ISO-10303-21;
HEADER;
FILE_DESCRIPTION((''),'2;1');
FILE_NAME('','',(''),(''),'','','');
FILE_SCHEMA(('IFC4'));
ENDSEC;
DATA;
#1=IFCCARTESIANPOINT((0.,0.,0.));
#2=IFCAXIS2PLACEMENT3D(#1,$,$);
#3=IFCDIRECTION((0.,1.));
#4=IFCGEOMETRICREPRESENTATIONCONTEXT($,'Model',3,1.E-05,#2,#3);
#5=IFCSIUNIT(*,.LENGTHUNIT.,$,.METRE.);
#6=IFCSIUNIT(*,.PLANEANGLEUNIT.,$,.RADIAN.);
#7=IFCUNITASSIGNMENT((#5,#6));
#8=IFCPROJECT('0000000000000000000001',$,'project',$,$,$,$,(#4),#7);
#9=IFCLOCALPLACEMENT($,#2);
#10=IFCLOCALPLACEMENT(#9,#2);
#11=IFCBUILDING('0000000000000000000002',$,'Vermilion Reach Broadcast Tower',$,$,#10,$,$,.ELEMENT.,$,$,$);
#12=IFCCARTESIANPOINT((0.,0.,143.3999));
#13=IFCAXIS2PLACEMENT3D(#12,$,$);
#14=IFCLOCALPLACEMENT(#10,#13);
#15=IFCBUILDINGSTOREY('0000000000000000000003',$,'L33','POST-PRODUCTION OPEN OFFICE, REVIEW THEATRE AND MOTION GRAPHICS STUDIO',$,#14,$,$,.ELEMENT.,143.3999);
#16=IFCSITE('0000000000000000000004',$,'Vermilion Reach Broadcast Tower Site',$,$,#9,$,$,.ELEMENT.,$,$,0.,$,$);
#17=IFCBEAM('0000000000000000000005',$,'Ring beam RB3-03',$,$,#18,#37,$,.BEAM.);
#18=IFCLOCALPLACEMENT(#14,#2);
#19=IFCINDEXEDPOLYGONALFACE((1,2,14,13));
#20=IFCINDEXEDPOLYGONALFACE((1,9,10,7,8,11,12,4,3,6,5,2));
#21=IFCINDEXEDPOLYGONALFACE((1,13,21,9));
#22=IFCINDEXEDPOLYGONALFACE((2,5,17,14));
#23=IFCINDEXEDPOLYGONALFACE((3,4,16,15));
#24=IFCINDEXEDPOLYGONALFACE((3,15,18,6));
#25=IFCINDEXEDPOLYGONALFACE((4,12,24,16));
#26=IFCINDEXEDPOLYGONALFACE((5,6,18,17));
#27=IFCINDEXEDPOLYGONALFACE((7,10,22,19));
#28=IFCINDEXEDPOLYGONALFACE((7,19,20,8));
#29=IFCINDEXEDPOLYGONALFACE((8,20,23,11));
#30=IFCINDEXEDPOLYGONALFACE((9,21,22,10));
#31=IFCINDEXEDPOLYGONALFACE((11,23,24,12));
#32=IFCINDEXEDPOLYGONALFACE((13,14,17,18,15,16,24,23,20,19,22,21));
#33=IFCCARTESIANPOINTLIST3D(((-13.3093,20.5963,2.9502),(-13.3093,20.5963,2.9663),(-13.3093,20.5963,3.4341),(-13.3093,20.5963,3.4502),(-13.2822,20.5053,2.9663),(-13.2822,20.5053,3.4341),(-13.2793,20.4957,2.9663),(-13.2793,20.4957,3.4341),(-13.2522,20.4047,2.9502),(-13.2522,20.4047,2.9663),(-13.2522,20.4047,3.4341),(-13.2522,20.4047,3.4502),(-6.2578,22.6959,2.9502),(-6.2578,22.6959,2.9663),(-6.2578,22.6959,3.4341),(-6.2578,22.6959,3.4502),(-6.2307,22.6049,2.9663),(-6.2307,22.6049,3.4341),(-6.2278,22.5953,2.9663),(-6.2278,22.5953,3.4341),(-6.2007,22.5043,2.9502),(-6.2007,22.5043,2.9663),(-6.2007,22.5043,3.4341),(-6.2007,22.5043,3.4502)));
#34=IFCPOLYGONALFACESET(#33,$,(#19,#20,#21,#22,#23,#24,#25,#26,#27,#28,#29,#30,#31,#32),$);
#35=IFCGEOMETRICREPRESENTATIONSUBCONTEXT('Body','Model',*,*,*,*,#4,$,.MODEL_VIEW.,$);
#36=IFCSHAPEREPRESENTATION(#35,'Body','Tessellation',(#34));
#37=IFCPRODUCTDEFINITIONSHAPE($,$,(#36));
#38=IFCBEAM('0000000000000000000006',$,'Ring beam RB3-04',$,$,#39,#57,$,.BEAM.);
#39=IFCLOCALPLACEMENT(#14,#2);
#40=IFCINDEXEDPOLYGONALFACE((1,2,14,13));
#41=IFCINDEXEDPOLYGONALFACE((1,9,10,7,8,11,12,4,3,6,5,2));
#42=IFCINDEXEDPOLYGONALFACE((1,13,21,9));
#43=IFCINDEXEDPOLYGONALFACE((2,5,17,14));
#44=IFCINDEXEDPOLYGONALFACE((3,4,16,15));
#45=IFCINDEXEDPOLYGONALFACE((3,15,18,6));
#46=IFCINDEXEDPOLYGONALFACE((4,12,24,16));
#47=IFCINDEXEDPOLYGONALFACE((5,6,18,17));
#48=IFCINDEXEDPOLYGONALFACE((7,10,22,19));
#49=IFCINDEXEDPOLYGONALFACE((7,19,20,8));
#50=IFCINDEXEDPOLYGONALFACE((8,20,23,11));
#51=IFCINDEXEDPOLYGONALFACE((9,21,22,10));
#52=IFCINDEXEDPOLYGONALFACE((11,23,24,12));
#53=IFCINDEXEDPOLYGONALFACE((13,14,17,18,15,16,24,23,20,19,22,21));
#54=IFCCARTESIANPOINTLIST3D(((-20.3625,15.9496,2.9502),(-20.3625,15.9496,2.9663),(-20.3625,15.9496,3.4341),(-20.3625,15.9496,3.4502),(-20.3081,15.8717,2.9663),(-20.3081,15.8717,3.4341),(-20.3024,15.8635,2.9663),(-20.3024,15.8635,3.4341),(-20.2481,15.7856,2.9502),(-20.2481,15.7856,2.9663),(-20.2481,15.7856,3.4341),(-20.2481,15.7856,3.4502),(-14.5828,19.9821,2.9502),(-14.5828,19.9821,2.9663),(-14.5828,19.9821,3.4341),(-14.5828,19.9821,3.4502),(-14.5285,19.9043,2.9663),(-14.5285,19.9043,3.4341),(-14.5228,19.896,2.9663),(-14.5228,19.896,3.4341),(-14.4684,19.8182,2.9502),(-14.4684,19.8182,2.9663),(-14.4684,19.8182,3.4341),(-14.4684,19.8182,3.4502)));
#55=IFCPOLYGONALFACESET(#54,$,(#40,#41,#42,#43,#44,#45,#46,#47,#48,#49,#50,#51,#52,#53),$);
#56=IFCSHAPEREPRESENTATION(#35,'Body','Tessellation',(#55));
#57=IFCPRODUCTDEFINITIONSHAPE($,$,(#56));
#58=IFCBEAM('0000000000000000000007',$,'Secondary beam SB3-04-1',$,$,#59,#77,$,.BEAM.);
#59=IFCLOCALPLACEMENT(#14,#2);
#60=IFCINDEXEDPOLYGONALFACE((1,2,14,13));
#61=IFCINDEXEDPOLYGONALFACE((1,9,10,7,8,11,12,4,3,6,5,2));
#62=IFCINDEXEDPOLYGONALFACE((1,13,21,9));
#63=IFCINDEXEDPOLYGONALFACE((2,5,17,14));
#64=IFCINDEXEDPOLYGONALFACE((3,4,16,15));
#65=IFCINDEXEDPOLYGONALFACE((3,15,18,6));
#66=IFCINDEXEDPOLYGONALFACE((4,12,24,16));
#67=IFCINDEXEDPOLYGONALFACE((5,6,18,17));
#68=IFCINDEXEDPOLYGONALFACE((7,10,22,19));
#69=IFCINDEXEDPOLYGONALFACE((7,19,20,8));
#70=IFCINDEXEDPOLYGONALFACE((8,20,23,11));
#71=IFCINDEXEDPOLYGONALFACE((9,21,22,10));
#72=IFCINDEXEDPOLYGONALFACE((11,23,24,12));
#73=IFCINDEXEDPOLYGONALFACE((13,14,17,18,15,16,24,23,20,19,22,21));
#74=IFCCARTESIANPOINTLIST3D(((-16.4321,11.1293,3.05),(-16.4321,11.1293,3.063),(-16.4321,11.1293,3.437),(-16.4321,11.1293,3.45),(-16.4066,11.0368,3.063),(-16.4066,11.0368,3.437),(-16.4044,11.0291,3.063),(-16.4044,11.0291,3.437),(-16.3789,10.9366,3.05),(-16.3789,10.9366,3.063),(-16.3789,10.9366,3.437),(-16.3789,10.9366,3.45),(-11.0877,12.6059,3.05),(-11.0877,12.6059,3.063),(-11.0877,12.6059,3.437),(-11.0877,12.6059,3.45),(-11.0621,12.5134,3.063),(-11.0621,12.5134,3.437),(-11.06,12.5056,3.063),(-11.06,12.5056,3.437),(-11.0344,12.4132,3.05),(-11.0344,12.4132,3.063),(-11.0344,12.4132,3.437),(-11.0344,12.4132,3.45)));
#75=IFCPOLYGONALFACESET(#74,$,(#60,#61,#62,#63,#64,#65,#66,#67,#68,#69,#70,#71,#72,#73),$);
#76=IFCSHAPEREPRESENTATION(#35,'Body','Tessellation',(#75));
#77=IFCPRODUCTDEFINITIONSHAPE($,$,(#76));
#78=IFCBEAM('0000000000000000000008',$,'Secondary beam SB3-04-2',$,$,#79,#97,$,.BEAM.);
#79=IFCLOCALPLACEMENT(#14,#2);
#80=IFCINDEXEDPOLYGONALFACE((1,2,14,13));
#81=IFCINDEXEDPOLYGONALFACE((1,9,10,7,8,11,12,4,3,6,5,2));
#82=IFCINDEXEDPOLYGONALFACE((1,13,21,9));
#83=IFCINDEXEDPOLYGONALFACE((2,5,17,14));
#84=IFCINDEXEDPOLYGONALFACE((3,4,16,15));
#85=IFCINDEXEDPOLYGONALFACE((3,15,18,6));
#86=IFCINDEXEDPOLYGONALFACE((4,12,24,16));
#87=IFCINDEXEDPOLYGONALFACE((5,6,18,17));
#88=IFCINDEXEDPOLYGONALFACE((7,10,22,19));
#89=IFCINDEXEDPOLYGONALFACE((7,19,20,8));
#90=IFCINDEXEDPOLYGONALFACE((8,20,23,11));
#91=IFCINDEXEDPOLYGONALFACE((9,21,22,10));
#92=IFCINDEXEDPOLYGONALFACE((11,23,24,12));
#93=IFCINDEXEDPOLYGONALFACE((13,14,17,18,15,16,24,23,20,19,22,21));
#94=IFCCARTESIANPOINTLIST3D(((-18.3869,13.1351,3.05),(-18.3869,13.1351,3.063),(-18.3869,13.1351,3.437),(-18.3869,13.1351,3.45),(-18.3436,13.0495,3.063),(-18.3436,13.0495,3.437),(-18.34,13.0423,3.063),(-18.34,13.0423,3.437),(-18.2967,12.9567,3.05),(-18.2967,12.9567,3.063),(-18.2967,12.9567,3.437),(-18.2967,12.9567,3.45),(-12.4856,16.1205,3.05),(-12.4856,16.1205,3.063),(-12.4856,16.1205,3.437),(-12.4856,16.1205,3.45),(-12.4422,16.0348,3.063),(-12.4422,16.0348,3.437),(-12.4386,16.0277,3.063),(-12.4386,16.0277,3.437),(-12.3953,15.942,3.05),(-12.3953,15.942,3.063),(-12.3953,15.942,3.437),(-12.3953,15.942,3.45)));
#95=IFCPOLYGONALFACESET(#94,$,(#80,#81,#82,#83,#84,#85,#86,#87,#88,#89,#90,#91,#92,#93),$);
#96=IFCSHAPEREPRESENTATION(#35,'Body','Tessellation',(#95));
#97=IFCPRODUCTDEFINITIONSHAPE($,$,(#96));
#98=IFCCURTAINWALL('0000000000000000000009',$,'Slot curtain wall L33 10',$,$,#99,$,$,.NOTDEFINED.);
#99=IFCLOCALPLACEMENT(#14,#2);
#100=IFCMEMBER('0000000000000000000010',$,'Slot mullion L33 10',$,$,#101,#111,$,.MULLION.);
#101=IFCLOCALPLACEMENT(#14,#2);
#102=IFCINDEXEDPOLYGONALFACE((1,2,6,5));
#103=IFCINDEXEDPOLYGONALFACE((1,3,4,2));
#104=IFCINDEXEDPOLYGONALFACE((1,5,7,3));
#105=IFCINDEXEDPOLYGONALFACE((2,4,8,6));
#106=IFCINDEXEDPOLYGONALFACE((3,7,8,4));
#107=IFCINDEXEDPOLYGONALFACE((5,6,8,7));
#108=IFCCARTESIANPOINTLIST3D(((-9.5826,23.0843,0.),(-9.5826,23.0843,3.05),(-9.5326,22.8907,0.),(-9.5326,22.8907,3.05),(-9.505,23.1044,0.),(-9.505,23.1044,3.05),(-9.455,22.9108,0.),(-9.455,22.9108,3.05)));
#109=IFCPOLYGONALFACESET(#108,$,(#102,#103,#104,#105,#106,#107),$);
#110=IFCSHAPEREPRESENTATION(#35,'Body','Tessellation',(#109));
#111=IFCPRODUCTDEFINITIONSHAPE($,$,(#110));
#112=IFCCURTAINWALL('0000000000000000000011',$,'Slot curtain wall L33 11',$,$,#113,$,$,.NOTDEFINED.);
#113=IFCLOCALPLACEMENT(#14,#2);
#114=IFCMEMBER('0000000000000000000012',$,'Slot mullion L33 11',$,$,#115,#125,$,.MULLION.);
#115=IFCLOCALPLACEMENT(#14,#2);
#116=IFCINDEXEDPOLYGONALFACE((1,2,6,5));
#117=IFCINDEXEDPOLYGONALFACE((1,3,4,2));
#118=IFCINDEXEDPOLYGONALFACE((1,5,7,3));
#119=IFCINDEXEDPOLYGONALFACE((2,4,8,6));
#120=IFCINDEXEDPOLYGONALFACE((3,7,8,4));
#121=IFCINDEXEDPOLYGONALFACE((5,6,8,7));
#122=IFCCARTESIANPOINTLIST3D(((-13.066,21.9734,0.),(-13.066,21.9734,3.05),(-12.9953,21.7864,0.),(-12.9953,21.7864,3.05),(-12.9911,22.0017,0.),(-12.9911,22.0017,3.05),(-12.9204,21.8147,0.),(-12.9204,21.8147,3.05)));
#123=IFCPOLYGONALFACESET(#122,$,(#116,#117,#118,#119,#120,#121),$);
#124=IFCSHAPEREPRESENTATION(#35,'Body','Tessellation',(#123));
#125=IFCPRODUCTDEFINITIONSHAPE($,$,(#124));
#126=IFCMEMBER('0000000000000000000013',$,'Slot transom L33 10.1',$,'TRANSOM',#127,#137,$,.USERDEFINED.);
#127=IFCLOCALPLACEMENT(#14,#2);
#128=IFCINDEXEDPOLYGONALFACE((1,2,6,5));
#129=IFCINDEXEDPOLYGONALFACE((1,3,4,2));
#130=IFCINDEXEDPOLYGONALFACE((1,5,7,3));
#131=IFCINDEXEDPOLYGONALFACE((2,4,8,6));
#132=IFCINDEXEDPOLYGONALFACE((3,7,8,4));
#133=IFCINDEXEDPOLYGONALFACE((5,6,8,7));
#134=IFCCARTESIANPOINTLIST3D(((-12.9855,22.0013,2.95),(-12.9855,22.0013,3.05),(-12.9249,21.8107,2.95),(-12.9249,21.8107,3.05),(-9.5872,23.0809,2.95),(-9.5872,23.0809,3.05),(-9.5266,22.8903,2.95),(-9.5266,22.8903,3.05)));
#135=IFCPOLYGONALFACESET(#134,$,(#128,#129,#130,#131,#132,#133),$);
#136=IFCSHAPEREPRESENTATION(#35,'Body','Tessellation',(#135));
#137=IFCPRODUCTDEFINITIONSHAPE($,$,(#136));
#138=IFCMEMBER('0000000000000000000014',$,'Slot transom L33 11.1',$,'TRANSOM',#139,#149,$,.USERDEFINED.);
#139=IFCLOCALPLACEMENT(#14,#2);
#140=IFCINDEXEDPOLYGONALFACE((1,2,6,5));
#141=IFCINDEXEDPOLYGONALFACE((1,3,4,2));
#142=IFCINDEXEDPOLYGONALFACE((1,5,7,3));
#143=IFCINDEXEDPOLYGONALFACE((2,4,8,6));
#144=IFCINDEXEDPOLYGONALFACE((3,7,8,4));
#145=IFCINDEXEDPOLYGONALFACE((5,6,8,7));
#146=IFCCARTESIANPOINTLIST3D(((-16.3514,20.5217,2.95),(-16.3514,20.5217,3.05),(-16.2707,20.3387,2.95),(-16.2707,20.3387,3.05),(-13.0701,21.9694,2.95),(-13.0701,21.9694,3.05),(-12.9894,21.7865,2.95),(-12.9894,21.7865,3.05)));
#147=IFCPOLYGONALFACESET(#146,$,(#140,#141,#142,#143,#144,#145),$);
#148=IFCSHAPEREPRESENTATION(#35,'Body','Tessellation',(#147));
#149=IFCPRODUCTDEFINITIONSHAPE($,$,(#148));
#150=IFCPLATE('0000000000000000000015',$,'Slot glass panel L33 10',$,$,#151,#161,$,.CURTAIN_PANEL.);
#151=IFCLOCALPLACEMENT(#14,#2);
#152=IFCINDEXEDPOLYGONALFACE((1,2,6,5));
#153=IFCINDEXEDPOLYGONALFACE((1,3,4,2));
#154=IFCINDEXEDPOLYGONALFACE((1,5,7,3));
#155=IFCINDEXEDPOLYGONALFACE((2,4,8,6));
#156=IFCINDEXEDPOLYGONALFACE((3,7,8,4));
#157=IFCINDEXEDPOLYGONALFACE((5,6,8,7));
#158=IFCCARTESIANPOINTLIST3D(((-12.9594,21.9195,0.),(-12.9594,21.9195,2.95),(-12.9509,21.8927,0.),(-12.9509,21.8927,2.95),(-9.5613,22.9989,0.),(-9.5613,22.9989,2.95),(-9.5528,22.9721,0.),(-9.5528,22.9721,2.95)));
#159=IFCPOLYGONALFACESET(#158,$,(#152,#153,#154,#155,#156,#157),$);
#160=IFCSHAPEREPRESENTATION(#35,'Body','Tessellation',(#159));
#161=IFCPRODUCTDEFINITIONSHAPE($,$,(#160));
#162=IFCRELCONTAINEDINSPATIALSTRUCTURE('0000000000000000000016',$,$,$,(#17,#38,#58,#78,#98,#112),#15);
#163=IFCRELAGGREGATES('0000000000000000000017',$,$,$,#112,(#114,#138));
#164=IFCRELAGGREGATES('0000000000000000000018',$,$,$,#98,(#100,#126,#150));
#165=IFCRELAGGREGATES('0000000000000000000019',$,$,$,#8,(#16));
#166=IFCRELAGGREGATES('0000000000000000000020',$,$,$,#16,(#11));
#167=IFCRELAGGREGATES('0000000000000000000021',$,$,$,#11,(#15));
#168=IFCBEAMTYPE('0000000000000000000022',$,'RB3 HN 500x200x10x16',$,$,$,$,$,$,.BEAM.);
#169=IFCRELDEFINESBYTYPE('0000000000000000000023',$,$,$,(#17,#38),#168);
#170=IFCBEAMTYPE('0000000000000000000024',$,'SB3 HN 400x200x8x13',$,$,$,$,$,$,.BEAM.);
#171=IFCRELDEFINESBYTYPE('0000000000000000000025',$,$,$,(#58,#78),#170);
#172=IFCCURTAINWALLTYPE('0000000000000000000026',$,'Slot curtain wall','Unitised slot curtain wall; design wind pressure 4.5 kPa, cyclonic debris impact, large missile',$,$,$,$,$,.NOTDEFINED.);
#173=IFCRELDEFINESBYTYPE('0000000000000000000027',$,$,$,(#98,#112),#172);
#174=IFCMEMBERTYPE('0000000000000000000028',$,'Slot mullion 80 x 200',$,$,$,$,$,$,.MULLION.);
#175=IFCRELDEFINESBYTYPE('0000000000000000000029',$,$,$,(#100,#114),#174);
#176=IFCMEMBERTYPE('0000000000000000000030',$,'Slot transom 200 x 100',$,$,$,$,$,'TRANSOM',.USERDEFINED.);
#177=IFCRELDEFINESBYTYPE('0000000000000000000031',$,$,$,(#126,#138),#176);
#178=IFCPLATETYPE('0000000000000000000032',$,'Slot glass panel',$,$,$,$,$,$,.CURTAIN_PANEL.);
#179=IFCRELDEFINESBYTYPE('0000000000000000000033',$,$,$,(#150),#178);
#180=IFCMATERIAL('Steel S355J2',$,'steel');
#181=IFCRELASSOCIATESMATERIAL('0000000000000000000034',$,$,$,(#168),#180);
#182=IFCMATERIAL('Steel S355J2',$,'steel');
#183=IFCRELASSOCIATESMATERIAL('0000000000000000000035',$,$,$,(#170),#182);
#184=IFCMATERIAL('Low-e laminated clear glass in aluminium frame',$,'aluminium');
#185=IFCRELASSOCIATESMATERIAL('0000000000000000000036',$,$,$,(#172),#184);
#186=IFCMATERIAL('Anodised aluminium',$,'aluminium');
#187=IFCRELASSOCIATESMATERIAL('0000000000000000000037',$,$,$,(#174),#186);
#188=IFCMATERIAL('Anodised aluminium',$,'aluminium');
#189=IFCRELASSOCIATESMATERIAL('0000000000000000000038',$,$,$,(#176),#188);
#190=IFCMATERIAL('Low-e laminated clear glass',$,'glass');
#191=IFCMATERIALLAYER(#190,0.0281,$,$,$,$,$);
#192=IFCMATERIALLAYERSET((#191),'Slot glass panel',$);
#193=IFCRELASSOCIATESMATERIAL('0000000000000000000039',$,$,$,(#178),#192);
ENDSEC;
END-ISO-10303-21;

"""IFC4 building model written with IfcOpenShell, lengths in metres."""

from ifc_helpers import new_model, si_unit, direction, frame, origin, origin_2d, place, context, subcontext, project, spatial, rectangle, i_section, extrude, material, layer, layer_set, material_profile, profile_set, type_object, element, aggregate, save


model = new_model("IFC4")

# Units and contexts
model_context = context("Model", 3, precision=1e-05, world=origin(), true_north=direction((0.0, 1.0)))
body_context = subcontext(model_context, "Body", "Model", "MODEL_VIEW")
ifc_project = project(units=[si_unit("LENGTHUNIT", "METRE"), si_unit("PLANEANGLEUNIT", "RADIAN")], contexts=[model_context])

# Site, building, storey
site_placement = place(None, origin())
site = spatial("IfcSite", under=ifc_project, at=site_placement, Name="Vermilion Reach Broadcast Tower Site", CompositionType="ELEMENT", RefElevation=0.0)
building_placement = place(site_placement, origin())
building = spatial("IfcBuilding", under=site, at=building_placement, Name="Vermilion Reach Broadcast Tower", CompositionType="ELEMENT")
storey_placement = place(building_placement, frame((0.0, 0.0, 143.3999)))
storey = spatial("IfcBuildingStorey", under=building, at=storey_placement, Name="L33", Description="POST-PRODUCTION OPEN OFFICE, REVIEW THEATRE AND MOTION GRAPHICS STUDIO", CompositionType="ELEMENT", Elevation=143.3999)

# Beams
ifc_material_1 = material(Name="Steel S355J2", Category="steel")
ifc_material_profile_1 = material_profile(ifc_material_1, i_section(OverallWidth=0.2, OverallDepth=0.5, WebThickness=0.01, FlangeThickness=0.0161, at=origin_2d()), Name="S355J2 HN 500x200x10x16")
ifc_profile_set_1 = profile_set([ifc_material_profile_1], Name="Steel S355J2")
beam_type_1 = type_object("IfcBeamType", Name="RB3 HN 500x200x10x16", PredefinedType="BEAM", material=ifc_profile_set_1)
beam_1_placement = place(storey_placement, frame((-6.2292, 22.6001, 3.2002), z_axis=(-0.958417, -0.285372, 0.0), x_axis=(0.285372, -0.958417, 0.0)))
element("IfcBeam", 1, at=beam_1_placement, inside=storey, type_object=beam_type_1, Name="Ring beam RB3-03", PredefinedType="BEAM", context=body_context, shape_type="SweptSolid", body=[
    extrude(i_section(OverallWidth=0.2, OverallDepth=0.5, WebThickness=0.01, FlangeThickness=0.0161, at=origin_2d()), origin(), (0.0, 0.0, 1.0), 7.3574),
])
beam_2_placement = place(storey_placement, frame((-14.5256, 19.9001, 3.2002), z_axis=(-0.820111, -0.572204, 0.0), x_axis=(0.572204, -0.820111, 0.0)))
element("IfcBeam", 2, at=beam_2_placement, inside=storey, type_object=beam_type_1, Name="Ring beam RB3-04", PredefinedType="BEAM", context=body_context, shape_type="SweptSolid", body=[
    extrude(i_section(OverallWidth=0.2, OverallDepth=0.5, WebThickness=0.01, FlangeThickness=0.0161, at=origin_2d()), origin(), (0.0, 0.0, 1.0), 7.0474),
])
ifc_material_2 = material(Name="Steel S355J2", Category="steel")
ifc_material_profile_2 = material_profile(ifc_material_2, i_section(OverallWidth=0.2, OverallDepth=0.3999, WebThickness=0.0081, FlangeThickness=0.0129, at=origin_2d()), Name="S355J2 HN 400x200x8x13")
ifc_profile_set_2 = profile_set([ifc_material_profile_2], Name="Steel S355J2")
beam_type_2 = type_object("IfcBeamType", Name="SB3 HN 400x200x8x13", PredefinedType="BEAM", material=ifc_profile_set_2)
beam_3_placement = place(storey_placement, frame((-11.061, 12.5095, 3.25), z_axis=(-0.96389, -0.266301, 0.0), x_axis=(0.266301, -0.96389, 0.0)))
element("IfcBeam", 3, at=beam_3_placement, inside=storey, type_object=beam_type_2, Name="Secondary beam SB3-04-1", PredefinedType="BEAM", context=body_context, shape_type="SweptSolid", body=[
    extrude(i_section(OverallWidth=0.2, OverallDepth=0.3999, WebThickness=0.0081, FlangeThickness=0.0129, at=origin_2d()), origin(), (0.0, 0.0, 1.0), 5.5447),
])
beam_4_placement = place(storey_placement, frame((-12.4404, 16.0312, 3.25), z_axis=(-0.892321, -0.451402, 0.0), x_axis=(0.451402, -0.892321, 0.0)))
element("IfcBeam", 4, at=beam_4_placement, inside=storey, type_object=beam_type_2, Name="Secondary beam SB3-04-2", PredefinedType="BEAM", context=body_context, shape_type="SweptSolid", body=[
    extrude(i_section(OverallWidth=0.2, OverallDepth=0.3999, WebThickness=0.0081, FlangeThickness=0.0129, at=origin_2d()), origin(), (0.0, 0.0, 1.0), 6.6135),
])

# Curtain walls, members
ifc_material_3 = material(Name="Low-e laminated clear glass in aluminium frame", Category="aluminium")
curtain_wall_type = type_object("IfcCurtainWallType", Name="Slot curtain wall", Description="Unitised slot curtain wall; design wind pressure 4.5 kPa, cyclonic debris impact, large missile", PredefinedType="NOTDEFINED", material=ifc_material_3)
placement = place(storey_placement, origin())
curtain_wall_1 = element("IfcCurtainWall", 5, at=placement, inside=storey, type_object=curtain_wall_type, Name="Slot curtain wall L33 10", PredefinedType="NOTDEFINED")
ifc_material_4 = material(Name="Anodised aluminium", Category="aluminium")
ifc_material_profile_3 = material_profile(ifc_material_4, rectangle(XDim=0.2, YDim=0.0801, at=origin_2d()), Name="Slot mullion 80 x 200")
ifc_profile_set_3 = profile_set([ifc_material_profile_3], Name="Anodised aluminium")
member_type_1 = type_object("IfcMemberType", Name="Slot mullion 80 x 200", PredefinedType="MULLION", material=ifc_profile_set_3)
member_1_placement = place(storey_placement, frame((-9.5188, 22.9976, 0.0), z_axis=(0.0, 0.0, 1.0), x_axis=(0.250025, -0.968239, 0.0)))
member_1 = element("IfcMember", 6, at=member_1_placement, type_object=member_type_1, Name="Slot mullion L33 10", PredefinedType="MULLION", context=body_context, shape_type="SweptSolid", body=[
    extrude(rectangle(XDim=0.2, YDim=0.0801, at=origin_2d()), origin(), (0.0, 0.0, 1.0), 3.05),
])
curtain_wall_2 = element("IfcCurtainWall", 7, at=placement, inside=storey, type_object=curtain_wall_type, Name="Slot curtain wall L33 11", PredefinedType="NOTDEFINED")
member_2_placement = place(storey_placement, frame((-12.9932, 21.894, 0.0), z_axis=(0.0, 0.0, 1.0), x_axis=(0.353704, -0.935357, 0.0)))
member_2 = element("IfcMember", 8, at=member_2_placement, type_object=member_type_1, Name="Slot mullion L33 11", PredefinedType="MULLION", context=body_context, shape_type="SweptSolid", body=[
    extrude(rectangle(XDim=0.2, YDim=0.0801, at=origin_2d()), origin(), (0.0, 0.0, 1.0), 3.05),
])

# Members
ifc_material_5 = material(Name="Anodised aluminium", Category="aluminium")
ifc_material_profile_4 = material_profile(ifc_material_5, rectangle(XDim=0.2, YDim=0.1001, at=origin_2d()), Name="Slot transom 200 x 100")
ifc_profile_set_4 = profile_set([ifc_material_profile_4], Name="Anodised aluminium")
member_type_2 = type_object("IfcMemberType", Name="Slot transom 200 x 100", ElementType="TRANSOM", PredefinedType="USERDEFINED", material=ifc_profile_set_4)
member_3_placement = place(storey_placement, frame((-9.5569, 22.9856, 3.0), z_axis=(-0.95306, -0.302783, 0.0), x_axis=(0.302783, -0.95306, 0.0)))
member_3 = element("IfcMember", 9, at=member_3_placement, type_object=member_type_2, Name="Slot transom L33 10.1", ObjectType="TRANSOM", PredefinedType="USERDEFINED", context=body_context, shape_type="SweptSolid", body=[
    extrude(rectangle(XDim=0.2, YDim=0.1001, at=origin_2d()), origin(), (0.0, 0.0, 1.0), 3.5657),
])
member_4_placement = place(storey_placement, frame((-13.0298, 21.8779, 3.0), z_axis=(-0.914903, -0.403674, 0.0), x_axis=(0.403674, -0.914903, 0.0)))
member_4 = element("IfcMember", 10, at=member_4_placement, type_object=member_type_2, Name="Slot transom L33 11.1", ObjectType="TRANSOM", PredefinedType="USERDEFINED", context=body_context, shape_type="SweptSolid", body=[
    extrude(rectangle(XDim=0.2, YDim=0.1001, at=origin_2d()), origin(), (0.0, 0.0, 1.0), 3.5864),
])
aggregate(curtain_wall_2, [member_2, member_4])

# Plate
ifc_material_6 = material(Name="Low-e laminated clear glass", Category="glass")
ifc_layer_1 = layer(ifc_material_6, 0.0281)
ifc_layer_set_1 = layer_set([ifc_layer_1], Name="Slot glass panel")
plate_type = type_object("IfcPlateType", Name="Slot glass panel", PredefinedType="CURTAIN_PANEL", material=ifc_layer_set_1)
plate_placement = place(storey_placement, frame((-11.2561, 22.4458, 0.0), z_axis=(0.0, 0.0, 1.0), x_axis=(-0.953072, -0.302743, 0.0)))
plate = element("IfcPlate", 11, at=plate_placement, type_object=plate_type, Name="Slot glass panel L33 10", PredefinedType="CURTAIN_PANEL", context=body_context, shape_type="SweptSolid", body=[
    extrude(rectangle(XDim=3.5654, YDim=0.0281, at=origin_2d()), origin(), (0.0, 0.0, 1.0), 2.95),
])
aggregate(curtain_wall_1, [member_1, member_3, plate])

save(model, "model.ifc")
